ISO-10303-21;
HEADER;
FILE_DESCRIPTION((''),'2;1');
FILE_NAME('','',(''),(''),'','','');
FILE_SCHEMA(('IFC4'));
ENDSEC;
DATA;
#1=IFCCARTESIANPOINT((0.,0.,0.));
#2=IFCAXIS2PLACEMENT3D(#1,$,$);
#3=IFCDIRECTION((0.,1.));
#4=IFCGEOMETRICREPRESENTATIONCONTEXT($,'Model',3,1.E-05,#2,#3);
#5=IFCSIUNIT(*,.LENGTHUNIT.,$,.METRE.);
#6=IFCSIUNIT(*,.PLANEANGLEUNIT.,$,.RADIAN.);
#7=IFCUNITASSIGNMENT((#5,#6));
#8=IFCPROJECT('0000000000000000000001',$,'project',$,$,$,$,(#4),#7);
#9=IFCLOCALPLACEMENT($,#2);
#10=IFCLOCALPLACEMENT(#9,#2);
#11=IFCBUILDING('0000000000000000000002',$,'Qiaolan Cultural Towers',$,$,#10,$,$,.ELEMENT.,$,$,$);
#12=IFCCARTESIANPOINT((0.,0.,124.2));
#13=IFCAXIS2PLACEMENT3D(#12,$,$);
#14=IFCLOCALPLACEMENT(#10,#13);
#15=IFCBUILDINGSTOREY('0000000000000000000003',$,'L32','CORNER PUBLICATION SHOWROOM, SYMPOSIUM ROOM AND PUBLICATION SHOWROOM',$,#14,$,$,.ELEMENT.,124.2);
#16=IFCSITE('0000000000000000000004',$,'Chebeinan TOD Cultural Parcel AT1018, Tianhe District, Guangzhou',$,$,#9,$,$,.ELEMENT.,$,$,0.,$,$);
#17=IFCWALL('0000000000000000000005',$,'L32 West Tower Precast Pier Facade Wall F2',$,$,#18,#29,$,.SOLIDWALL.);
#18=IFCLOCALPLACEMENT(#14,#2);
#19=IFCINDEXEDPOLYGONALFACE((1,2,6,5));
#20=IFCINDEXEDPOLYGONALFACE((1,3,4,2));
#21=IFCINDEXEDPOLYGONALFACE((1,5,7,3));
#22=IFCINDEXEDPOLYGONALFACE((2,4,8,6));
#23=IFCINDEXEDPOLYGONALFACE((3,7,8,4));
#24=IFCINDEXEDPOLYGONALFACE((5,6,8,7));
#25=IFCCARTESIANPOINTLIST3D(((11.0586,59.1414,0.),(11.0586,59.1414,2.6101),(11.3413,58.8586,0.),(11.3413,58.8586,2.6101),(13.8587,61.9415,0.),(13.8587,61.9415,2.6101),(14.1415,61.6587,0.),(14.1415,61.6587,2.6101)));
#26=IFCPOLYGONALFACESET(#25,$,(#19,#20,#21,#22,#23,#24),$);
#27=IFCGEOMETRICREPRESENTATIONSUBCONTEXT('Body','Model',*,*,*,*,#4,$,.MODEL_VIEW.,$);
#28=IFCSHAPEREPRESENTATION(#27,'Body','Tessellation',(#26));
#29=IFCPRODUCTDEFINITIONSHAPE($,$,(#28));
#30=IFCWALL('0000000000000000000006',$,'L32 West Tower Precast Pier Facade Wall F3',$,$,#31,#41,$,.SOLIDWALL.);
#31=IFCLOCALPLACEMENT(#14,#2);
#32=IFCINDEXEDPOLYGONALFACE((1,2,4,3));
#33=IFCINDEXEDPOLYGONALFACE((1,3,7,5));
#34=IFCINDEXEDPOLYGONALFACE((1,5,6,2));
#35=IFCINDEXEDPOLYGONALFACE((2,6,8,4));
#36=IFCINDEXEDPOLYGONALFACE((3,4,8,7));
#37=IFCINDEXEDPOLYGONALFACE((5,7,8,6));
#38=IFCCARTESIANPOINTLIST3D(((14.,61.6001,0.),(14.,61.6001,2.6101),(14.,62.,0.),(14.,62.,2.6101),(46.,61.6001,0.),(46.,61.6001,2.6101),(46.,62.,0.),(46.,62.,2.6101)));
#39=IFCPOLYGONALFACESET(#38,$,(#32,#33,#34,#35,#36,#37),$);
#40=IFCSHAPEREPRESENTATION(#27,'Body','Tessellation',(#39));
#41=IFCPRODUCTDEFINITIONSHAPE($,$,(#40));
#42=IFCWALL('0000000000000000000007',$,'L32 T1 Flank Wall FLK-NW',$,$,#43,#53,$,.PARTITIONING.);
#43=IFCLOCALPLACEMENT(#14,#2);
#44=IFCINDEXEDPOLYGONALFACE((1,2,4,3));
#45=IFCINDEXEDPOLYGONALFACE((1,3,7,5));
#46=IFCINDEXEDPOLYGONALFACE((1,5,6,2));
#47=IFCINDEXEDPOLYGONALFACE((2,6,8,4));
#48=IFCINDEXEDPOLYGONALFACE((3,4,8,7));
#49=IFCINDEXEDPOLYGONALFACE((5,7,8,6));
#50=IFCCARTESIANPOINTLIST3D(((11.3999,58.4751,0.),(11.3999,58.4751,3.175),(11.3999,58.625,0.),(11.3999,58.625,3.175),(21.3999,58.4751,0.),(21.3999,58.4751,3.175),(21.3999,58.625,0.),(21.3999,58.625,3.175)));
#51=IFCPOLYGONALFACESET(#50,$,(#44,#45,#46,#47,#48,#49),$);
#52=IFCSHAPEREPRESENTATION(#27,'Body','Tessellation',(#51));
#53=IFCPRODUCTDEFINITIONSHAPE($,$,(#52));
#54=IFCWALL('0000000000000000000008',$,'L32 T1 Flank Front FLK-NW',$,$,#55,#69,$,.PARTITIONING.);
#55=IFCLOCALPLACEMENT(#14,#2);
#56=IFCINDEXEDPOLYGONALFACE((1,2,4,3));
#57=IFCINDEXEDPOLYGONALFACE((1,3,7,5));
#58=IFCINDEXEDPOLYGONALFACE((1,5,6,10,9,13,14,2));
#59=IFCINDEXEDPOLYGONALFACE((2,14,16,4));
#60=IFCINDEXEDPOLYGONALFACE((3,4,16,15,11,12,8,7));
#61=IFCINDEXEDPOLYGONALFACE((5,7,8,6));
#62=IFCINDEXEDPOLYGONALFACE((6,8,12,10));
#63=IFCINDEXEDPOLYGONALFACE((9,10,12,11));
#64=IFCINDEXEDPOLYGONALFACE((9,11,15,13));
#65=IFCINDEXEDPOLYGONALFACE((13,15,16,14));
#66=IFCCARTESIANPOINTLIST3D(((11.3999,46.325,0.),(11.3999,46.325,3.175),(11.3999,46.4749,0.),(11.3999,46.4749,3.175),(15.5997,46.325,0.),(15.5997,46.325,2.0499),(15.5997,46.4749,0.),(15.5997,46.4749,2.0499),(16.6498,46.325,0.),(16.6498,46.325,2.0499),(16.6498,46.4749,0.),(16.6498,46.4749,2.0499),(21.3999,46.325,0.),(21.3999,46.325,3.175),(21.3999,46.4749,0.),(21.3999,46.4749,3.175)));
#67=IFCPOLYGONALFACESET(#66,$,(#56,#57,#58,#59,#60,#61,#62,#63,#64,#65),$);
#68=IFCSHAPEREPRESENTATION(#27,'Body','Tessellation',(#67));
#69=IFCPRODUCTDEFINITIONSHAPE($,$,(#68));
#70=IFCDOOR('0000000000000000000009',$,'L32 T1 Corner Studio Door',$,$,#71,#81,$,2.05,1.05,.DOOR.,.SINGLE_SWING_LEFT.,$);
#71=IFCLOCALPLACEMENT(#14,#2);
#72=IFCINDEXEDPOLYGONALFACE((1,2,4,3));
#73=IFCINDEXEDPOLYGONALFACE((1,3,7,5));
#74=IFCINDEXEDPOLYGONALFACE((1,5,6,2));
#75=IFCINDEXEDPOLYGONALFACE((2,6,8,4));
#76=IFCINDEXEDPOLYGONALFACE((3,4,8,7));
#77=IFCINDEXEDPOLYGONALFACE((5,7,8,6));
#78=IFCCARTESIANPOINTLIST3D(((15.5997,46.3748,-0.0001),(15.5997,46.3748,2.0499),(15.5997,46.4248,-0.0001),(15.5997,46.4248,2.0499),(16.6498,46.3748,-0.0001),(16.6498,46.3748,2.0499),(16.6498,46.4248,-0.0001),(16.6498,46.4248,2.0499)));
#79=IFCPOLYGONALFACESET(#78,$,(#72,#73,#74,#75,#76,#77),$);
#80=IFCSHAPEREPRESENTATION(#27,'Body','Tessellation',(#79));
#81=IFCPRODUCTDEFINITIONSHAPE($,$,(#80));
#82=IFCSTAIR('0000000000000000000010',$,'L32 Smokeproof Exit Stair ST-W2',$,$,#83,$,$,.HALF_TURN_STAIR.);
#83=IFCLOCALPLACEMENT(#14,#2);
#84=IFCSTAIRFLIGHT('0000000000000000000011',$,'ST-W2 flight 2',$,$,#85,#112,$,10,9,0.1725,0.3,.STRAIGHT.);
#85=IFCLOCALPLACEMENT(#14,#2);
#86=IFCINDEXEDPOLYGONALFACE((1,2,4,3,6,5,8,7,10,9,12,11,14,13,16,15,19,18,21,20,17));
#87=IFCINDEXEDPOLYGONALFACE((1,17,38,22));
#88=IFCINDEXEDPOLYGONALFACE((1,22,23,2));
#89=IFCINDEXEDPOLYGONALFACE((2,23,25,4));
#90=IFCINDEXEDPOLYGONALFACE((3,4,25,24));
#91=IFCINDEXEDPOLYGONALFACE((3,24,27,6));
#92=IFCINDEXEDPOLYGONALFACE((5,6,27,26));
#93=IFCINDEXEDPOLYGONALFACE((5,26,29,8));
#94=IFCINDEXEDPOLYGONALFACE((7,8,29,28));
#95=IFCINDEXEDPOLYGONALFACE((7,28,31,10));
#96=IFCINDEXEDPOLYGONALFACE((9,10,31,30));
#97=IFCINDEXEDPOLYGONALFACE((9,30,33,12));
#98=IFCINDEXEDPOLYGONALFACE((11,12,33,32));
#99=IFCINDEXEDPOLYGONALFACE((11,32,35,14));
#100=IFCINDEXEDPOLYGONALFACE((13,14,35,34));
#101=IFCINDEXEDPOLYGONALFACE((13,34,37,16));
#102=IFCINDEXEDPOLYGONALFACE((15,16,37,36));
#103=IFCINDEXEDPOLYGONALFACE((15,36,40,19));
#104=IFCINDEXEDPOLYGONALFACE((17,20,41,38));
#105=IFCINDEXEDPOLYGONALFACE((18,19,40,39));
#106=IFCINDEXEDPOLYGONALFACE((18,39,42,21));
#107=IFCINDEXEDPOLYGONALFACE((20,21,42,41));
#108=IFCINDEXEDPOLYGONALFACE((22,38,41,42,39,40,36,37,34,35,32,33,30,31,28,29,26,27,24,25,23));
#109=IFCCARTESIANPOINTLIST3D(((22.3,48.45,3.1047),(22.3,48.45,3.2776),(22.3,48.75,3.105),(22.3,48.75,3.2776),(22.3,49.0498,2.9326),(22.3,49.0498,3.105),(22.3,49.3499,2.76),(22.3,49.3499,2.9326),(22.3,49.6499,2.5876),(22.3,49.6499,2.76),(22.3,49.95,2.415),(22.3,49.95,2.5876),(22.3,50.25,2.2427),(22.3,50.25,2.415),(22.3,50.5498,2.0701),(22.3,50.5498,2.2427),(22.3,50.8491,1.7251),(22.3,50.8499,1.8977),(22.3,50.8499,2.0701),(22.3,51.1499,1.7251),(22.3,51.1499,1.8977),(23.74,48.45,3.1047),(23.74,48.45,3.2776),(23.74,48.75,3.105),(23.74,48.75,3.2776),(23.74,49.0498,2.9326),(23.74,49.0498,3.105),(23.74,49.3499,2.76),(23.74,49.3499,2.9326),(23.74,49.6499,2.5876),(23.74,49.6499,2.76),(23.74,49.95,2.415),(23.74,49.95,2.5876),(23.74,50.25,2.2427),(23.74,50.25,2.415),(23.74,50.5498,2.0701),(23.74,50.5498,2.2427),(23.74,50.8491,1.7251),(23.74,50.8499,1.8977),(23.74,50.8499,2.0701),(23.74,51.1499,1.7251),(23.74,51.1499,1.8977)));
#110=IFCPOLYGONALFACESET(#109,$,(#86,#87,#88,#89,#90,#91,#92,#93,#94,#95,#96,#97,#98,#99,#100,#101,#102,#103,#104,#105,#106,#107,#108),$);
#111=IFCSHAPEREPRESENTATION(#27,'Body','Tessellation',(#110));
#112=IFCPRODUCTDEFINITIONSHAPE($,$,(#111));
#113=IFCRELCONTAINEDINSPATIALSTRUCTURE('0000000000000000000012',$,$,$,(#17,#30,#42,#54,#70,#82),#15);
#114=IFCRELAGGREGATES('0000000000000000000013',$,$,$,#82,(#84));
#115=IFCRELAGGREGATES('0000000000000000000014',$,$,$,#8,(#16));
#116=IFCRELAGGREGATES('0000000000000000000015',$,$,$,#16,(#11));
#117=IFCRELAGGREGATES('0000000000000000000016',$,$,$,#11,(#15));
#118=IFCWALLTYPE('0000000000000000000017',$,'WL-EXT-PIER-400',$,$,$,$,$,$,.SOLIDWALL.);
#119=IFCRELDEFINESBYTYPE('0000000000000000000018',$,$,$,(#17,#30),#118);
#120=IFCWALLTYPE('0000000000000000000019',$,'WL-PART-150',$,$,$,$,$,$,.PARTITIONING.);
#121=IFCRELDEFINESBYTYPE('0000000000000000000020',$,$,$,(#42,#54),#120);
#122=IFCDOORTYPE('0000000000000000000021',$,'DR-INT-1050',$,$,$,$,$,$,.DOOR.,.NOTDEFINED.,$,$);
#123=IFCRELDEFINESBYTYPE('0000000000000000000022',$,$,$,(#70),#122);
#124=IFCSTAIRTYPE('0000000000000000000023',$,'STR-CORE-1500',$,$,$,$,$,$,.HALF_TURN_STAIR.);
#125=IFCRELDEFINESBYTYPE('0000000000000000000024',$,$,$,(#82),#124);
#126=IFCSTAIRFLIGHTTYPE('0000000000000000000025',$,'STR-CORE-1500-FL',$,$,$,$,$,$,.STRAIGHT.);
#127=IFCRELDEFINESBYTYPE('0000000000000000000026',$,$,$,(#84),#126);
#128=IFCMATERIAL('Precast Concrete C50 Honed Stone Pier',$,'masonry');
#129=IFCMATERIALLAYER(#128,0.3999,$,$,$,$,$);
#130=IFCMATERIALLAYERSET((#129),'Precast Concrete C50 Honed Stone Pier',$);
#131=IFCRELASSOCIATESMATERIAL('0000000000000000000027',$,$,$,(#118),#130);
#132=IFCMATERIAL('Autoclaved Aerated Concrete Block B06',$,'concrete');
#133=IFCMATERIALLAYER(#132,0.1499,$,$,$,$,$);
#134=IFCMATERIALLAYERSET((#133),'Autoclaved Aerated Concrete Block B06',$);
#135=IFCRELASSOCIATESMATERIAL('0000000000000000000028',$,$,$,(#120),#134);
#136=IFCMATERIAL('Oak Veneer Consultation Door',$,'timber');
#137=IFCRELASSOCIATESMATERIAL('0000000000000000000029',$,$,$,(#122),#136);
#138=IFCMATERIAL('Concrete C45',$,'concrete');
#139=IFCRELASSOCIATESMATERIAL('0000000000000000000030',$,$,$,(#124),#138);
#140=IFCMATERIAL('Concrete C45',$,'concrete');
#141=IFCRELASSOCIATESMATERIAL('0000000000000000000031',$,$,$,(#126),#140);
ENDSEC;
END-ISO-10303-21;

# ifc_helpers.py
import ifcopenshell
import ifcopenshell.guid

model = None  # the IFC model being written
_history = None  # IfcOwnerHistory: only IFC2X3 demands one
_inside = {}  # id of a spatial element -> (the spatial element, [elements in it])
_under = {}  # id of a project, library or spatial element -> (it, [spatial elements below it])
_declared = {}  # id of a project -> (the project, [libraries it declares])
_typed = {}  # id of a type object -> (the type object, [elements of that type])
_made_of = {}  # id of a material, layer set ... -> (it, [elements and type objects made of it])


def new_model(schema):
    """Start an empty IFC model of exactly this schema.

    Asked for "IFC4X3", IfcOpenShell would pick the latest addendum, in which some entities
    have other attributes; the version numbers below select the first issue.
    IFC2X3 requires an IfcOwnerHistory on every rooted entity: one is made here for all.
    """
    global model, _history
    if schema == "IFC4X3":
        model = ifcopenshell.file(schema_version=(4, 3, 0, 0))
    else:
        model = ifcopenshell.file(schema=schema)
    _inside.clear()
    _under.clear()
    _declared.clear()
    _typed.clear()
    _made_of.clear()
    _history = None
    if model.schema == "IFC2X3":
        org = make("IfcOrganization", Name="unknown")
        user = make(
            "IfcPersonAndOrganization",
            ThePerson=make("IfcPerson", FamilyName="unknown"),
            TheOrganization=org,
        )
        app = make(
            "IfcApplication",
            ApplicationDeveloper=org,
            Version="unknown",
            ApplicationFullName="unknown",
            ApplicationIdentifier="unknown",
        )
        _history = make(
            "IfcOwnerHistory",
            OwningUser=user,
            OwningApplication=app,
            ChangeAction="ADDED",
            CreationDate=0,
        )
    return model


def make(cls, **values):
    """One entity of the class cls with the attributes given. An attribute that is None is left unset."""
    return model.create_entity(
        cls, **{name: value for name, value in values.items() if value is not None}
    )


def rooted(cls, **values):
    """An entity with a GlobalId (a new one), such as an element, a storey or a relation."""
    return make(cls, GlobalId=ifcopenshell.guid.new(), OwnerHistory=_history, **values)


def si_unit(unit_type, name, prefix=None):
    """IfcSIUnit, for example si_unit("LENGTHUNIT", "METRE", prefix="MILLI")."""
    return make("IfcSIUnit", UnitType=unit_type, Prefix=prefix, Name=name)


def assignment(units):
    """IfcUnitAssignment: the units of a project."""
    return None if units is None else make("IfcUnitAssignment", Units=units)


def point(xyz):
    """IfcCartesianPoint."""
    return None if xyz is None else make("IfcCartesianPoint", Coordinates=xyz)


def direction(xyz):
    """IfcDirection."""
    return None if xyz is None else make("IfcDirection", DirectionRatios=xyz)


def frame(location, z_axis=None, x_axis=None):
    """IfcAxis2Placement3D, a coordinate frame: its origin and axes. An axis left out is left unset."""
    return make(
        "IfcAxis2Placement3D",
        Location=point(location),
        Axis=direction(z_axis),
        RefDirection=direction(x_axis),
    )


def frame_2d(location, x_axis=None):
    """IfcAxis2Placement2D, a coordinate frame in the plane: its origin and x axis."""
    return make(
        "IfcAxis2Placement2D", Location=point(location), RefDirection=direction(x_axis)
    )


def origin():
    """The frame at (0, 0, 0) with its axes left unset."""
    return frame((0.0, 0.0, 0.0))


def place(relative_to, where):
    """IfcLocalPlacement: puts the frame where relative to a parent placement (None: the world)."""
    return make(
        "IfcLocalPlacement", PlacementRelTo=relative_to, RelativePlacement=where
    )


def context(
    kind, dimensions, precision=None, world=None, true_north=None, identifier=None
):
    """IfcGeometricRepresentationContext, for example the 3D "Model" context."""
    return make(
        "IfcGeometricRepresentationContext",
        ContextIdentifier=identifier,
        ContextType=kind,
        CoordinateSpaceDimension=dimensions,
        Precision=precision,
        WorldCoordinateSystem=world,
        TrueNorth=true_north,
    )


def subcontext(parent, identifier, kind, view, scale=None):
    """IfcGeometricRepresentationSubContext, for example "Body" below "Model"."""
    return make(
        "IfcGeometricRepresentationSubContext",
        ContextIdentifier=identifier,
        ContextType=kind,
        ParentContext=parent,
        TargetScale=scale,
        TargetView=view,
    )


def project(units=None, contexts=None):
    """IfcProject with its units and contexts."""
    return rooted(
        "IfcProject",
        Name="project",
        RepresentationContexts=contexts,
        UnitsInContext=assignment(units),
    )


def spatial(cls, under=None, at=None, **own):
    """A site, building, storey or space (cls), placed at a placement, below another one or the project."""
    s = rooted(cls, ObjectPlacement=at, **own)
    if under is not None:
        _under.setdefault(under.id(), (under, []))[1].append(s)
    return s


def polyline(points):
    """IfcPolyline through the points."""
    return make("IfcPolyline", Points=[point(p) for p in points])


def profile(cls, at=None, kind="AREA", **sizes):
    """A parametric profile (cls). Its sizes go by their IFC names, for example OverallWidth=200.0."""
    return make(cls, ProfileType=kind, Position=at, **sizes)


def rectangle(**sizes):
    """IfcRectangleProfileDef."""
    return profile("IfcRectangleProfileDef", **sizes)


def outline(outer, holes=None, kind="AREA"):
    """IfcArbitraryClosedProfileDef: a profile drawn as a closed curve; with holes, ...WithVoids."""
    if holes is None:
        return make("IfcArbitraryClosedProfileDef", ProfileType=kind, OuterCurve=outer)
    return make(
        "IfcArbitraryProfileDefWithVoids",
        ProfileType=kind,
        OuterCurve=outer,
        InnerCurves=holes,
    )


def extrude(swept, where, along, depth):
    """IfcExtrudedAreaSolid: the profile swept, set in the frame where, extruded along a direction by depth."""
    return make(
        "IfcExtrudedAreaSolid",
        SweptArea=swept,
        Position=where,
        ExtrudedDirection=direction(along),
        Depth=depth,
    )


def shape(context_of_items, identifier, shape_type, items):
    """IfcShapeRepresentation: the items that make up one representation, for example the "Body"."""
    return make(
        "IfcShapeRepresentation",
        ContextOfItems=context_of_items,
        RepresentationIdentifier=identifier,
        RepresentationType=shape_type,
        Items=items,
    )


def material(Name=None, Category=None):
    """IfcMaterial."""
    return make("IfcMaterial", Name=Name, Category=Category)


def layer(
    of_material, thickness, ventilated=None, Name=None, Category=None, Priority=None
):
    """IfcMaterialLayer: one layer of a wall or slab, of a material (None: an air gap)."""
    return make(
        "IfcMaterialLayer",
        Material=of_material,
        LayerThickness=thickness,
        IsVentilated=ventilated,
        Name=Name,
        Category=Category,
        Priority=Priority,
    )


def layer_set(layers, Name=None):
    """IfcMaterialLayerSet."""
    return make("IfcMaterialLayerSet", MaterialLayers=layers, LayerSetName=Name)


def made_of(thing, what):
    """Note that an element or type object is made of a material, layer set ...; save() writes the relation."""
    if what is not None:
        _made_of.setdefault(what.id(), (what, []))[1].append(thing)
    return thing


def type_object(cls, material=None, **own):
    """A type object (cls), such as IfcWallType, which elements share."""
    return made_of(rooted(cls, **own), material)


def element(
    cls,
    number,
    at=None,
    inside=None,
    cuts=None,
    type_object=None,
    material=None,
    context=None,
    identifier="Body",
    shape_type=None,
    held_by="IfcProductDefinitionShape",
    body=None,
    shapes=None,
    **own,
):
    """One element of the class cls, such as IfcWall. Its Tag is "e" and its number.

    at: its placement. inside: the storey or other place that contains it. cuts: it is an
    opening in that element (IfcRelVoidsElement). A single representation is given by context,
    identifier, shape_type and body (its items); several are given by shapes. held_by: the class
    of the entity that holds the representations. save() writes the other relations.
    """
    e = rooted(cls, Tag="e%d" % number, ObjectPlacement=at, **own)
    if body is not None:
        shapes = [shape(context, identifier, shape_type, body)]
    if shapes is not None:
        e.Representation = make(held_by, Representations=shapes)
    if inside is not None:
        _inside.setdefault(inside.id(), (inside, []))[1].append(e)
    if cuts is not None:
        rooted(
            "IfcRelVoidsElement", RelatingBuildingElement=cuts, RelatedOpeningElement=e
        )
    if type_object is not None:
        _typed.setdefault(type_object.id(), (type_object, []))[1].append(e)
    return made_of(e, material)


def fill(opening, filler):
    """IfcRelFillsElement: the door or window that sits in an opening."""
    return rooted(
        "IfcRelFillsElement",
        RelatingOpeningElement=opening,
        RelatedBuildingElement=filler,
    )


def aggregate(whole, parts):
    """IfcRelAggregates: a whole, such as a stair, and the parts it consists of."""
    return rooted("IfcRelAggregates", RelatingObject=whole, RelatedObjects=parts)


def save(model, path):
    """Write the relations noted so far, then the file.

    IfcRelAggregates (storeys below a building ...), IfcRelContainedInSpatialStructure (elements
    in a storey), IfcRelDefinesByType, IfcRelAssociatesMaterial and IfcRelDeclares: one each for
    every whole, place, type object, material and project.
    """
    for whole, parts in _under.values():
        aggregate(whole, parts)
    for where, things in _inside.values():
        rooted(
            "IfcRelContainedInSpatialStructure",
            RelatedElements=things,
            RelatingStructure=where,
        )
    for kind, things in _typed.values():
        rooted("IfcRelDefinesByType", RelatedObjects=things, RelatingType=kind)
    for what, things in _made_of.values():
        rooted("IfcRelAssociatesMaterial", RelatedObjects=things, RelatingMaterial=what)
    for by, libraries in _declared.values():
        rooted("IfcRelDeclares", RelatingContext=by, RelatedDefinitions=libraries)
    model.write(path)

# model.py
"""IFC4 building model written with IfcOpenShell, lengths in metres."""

from ifc_helpers import new_model, si_unit, direction, frame, frame_2d, origin, place, context, subcontext, project, spatial, polyline, rectangle, outline, extrude, material, layer, layer_set, type_object, element, fill, aggregate, save


model = new_model("IFC4")

# Units and contexts
model_context = context("Model", 3, precision=1e-05, world=origin(), true_north=direction((0.0, 1.0)))
body_context = subcontext(model_context, "Body", "Model", "MODEL_VIEW")
ifc_project = project(units=[si_unit("LENGTHUNIT", "METRE"), si_unit("PLANEANGLEUNIT", "RADIAN")], contexts=[model_context])

# Site, building, storey
site_placement = place(None, origin())
site = spatial("IfcSite", under=ifc_project, at=site_placement, Name="Chebeinan TOD Cultural Parcel AT1018, Tianhe District, Guangzhou", CompositionType="ELEMENT", RefElevation=0.0)
building_placement = place(site_placement, origin())
building = spatial("IfcBuilding", under=site, at=building_placement, Name="Qiaolan Cultural Towers", CompositionType="ELEMENT")
storey_placement = place(building_placement, frame((0.0, 0.0, 124.2)))
storey = spatial("IfcBuildingStorey", under=building, at=storey_placement, Name="L32", Description="CORNER PUBLICATION SHOWROOM, SYMPOSIUM ROOM AND PUBLICATION SHOWROOM", CompositionType="ELEMENT", Elevation=124.2)

# Walls
ifc_material_1 = material(Name="Precast Concrete C50 Honed Stone Pier", Category="masonry")
ifc_layer_1 = layer(ifc_material_1, 0.3999)
ifc_layer_set_1 = layer_set([ifc_layer_1], Name="Precast Concrete C50 Honed Stone Pier")
wall_type_1 = type_object("IfcWallType", Name="WL-EXT-PIER-400", PredefinedType="SOLIDWALL", material=ifc_layer_set_1)
wall_1_placement = place(storey_placement, frame((11.2, 59.0, 0.0), z_axis=(0.0, 0.0, 1.0), x_axis=(0.707107, 0.707107, 0.0)))
element("IfcWall", 1, at=wall_1_placement, inside=storey, type_object=wall_type_1, Name="L32 West Tower Precast Pier Facade Wall F2", PredefinedType="SOLIDWALL", context=body_context, shape_type="SweptSolid", body=[
    extrude(rectangle(XDim=3.96, YDim=0.3999, at=frame_2d((1.98, 0.0))), origin(), (0.0, 0.0, 1.0), 2.6101),
])
wall_2_placement = place(storey_placement, frame((14.0, 61.8, 0.0), z_axis=(0.0, 0.0, 1.0), x_axis=(1.0, 0.0, 0.0)))
element("IfcWall", 2, at=wall_2_placement, inside=storey, type_object=wall_type_1, Name="L32 West Tower Precast Pier Facade Wall F3", PredefinedType="SOLIDWALL", context=body_context, shape_type="SweptSolid", body=[
    extrude(rectangle(XDim=32.0, YDim=0.3999, at=frame_2d((16.0, 0.0))), origin(), (0.0, 0.0, 1.0), 2.6101),
])
ifc_material_2 = material(Name="Autoclaved Aerated Concrete Block B06", Category="concrete")
ifc_layer_2 = layer(ifc_material_2, 0.1499)
ifc_layer_set_2 = layer_set([ifc_layer_2], Name="Autoclaved Aerated Concrete Block B06")
wall_type_2 = type_object("IfcWallType", Name="WL-PART-150", PredefinedType="PARTITIONING", material=ifc_layer_set_2)
wall_3_placement = place(storey_placement, frame((11.3999, 58.55, 0.0), z_axis=(0.0, 0.0, 1.0), x_axis=(1.0, 0.0, 0.0)))
element("IfcWall", 3, at=wall_3_placement, inside=storey, type_object=wall_type_2, Name="L32 T1 Flank Wall FLK-NW", PredefinedType="PARTITIONING", context=body_context, shape_type="SweptSolid", body=[
    extrude(rectangle(XDim=10.0, YDim=0.1499, at=frame_2d((5.0, 0.0))), origin(), (0.0, 0.0, 1.0), 3.175),
])

# Wall, opening, door
wall_4_placement = place(storey_placement, frame((11.3999, 46.3999, 0.0), z_axis=(0.0, 0.0, 1.0), x_axis=(1.0, 0.0, 0.0)))
wall_4 = element("IfcWall", 4, at=wall_4_placement, inside=storey, type_object=wall_type_2, Name="L32 T1 Flank Front FLK-NW", PredefinedType="PARTITIONING", context=body_context, shape_type="SweptSolid", body=[
    extrude(rectangle(XDim=10.0, YDim=0.1499, at=frame_2d((5.0, 0.0))), origin(), (0.0, 0.0, 1.0), 3.175),
])
opening_placement = place(wall_4_placement, frame((4.2, 0.0, 0.0)))
opening = element("IfcOpeningElement", 5, at=opening_placement, cuts=wall_4, PredefinedType="OPENING", context=body_context, shape_type="SweptSolid", body=[
    extrude(rectangle(XDim=1.05, YDim=2.05, at=frame_2d((0.5249, 1.0249))), frame((0.0, 0.085, 0.0), z_axis=(0.0, -1.0, 0.0), x_axis=(1.0, 0.0, 0.0)), (0.0, 0.0, 1.0), 0.1699),
])
ifc_material_3 = material(Name="Oak Veneer Consultation Door", Category="timber")
door_type = type_object("IfcDoorType", Name="DR-INT-1050", OperationType="NOTDEFINED", PredefinedType="DOOR", material=ifc_material_3)
door_placement = place(opening_placement, origin())
door = element("IfcDoor", 6, at=door_placement, inside=storey, type_object=door_type, Name="L32 T1 Corner Studio Door", OperationType="SINGLE_SWING_LEFT", OverallHeight=2.05, OverallWidth=1.05, PredefinedType="DOOR", context=body_context, shape_type="SweptSolid", body=[
    extrude(rectangle(XDim=1.05, YDim=2.05, at=frame_2d((0.5249, 1.0249))), frame((0.0, 0.0249, 0.0), z_axis=(0.0, -1.0, 0.0), x_axis=(1.0, 0.0, 0.0)), (0.0, 0.0, 1.0), 0.05),
])
fill(opening, door)

# Stair, stair flight
ifc_material_4 = material(Name="Concrete C45", Category="concrete")
stair_type = type_object("IfcStairType", Name="STR-CORE-1500", PredefinedType="HALF_TURN_STAIR", material=ifc_material_4)
stair_placement = place(storey_placement, origin())
stair = element("IfcStair", 7, at=stair_placement, inside=storey, type_object=stair_type, Name="L32 Smokeproof Exit Stair ST-W2", PredefinedType="HALF_TURN_STAIR")
ifc_material_5 = material(Name="Concrete C45", Category="concrete")
stair_flight_type = type_object("IfcStairFlightType", Name="STR-CORE-1500-FL", PredefinedType="STRAIGHT", material=ifc_material_5)
stair_flight_placement = place(storey_placement, frame((23.02, 51.1499, 1.7251), z_axis=(0.0, 0.0, 1.0), x_axis=(0.0, -1.0, 0.0)))
stair_flight = element("IfcStairFlight", 8, at=stair_flight_placement, type_object=stair_flight_type, Name="ST-W2 flight 2", NumberOfRisers=10, NumberOfTreads=9, PredefinedType="STRAIGHT", RiserHeight=0.1725, TreadLength=0.3, context=body_context, shape_type="SweptSolid", body=[
    extrude(outline(polyline([(0.0, 0.0), (0.0, 0.1726), (0.3, 0.1726), (0.3, 0.345), (0.6001, 0.345), (0.6001, 0.5176), (0.8999, 0.5176), (0.8999, 0.6899), (1.2, 0.6899), (1.2, 0.8625), (1.5, 0.8625), (1.5, 1.0349), (1.8, 1.0349), (1.8, 1.2075), (2.1001, 1.2075), (2.1001, 1.3799), (2.3999, 1.3799), (2.3999, 1.5525), (2.7, 1.5525), (2.7, 1.7251), (2.7, 1.3796), (0.3008, 0.0), (0.0, 0.0)])), frame((0.0, 0.72, 0.0), z_axis=(0.0, -1.0, 0.0), x_axis=(1.0, 0.0, 0.0)), (0.0, 0.0, 1.0), 1.4399),
])
aggregate(stair, [stair_flight])

save(model, "model.ifc")
